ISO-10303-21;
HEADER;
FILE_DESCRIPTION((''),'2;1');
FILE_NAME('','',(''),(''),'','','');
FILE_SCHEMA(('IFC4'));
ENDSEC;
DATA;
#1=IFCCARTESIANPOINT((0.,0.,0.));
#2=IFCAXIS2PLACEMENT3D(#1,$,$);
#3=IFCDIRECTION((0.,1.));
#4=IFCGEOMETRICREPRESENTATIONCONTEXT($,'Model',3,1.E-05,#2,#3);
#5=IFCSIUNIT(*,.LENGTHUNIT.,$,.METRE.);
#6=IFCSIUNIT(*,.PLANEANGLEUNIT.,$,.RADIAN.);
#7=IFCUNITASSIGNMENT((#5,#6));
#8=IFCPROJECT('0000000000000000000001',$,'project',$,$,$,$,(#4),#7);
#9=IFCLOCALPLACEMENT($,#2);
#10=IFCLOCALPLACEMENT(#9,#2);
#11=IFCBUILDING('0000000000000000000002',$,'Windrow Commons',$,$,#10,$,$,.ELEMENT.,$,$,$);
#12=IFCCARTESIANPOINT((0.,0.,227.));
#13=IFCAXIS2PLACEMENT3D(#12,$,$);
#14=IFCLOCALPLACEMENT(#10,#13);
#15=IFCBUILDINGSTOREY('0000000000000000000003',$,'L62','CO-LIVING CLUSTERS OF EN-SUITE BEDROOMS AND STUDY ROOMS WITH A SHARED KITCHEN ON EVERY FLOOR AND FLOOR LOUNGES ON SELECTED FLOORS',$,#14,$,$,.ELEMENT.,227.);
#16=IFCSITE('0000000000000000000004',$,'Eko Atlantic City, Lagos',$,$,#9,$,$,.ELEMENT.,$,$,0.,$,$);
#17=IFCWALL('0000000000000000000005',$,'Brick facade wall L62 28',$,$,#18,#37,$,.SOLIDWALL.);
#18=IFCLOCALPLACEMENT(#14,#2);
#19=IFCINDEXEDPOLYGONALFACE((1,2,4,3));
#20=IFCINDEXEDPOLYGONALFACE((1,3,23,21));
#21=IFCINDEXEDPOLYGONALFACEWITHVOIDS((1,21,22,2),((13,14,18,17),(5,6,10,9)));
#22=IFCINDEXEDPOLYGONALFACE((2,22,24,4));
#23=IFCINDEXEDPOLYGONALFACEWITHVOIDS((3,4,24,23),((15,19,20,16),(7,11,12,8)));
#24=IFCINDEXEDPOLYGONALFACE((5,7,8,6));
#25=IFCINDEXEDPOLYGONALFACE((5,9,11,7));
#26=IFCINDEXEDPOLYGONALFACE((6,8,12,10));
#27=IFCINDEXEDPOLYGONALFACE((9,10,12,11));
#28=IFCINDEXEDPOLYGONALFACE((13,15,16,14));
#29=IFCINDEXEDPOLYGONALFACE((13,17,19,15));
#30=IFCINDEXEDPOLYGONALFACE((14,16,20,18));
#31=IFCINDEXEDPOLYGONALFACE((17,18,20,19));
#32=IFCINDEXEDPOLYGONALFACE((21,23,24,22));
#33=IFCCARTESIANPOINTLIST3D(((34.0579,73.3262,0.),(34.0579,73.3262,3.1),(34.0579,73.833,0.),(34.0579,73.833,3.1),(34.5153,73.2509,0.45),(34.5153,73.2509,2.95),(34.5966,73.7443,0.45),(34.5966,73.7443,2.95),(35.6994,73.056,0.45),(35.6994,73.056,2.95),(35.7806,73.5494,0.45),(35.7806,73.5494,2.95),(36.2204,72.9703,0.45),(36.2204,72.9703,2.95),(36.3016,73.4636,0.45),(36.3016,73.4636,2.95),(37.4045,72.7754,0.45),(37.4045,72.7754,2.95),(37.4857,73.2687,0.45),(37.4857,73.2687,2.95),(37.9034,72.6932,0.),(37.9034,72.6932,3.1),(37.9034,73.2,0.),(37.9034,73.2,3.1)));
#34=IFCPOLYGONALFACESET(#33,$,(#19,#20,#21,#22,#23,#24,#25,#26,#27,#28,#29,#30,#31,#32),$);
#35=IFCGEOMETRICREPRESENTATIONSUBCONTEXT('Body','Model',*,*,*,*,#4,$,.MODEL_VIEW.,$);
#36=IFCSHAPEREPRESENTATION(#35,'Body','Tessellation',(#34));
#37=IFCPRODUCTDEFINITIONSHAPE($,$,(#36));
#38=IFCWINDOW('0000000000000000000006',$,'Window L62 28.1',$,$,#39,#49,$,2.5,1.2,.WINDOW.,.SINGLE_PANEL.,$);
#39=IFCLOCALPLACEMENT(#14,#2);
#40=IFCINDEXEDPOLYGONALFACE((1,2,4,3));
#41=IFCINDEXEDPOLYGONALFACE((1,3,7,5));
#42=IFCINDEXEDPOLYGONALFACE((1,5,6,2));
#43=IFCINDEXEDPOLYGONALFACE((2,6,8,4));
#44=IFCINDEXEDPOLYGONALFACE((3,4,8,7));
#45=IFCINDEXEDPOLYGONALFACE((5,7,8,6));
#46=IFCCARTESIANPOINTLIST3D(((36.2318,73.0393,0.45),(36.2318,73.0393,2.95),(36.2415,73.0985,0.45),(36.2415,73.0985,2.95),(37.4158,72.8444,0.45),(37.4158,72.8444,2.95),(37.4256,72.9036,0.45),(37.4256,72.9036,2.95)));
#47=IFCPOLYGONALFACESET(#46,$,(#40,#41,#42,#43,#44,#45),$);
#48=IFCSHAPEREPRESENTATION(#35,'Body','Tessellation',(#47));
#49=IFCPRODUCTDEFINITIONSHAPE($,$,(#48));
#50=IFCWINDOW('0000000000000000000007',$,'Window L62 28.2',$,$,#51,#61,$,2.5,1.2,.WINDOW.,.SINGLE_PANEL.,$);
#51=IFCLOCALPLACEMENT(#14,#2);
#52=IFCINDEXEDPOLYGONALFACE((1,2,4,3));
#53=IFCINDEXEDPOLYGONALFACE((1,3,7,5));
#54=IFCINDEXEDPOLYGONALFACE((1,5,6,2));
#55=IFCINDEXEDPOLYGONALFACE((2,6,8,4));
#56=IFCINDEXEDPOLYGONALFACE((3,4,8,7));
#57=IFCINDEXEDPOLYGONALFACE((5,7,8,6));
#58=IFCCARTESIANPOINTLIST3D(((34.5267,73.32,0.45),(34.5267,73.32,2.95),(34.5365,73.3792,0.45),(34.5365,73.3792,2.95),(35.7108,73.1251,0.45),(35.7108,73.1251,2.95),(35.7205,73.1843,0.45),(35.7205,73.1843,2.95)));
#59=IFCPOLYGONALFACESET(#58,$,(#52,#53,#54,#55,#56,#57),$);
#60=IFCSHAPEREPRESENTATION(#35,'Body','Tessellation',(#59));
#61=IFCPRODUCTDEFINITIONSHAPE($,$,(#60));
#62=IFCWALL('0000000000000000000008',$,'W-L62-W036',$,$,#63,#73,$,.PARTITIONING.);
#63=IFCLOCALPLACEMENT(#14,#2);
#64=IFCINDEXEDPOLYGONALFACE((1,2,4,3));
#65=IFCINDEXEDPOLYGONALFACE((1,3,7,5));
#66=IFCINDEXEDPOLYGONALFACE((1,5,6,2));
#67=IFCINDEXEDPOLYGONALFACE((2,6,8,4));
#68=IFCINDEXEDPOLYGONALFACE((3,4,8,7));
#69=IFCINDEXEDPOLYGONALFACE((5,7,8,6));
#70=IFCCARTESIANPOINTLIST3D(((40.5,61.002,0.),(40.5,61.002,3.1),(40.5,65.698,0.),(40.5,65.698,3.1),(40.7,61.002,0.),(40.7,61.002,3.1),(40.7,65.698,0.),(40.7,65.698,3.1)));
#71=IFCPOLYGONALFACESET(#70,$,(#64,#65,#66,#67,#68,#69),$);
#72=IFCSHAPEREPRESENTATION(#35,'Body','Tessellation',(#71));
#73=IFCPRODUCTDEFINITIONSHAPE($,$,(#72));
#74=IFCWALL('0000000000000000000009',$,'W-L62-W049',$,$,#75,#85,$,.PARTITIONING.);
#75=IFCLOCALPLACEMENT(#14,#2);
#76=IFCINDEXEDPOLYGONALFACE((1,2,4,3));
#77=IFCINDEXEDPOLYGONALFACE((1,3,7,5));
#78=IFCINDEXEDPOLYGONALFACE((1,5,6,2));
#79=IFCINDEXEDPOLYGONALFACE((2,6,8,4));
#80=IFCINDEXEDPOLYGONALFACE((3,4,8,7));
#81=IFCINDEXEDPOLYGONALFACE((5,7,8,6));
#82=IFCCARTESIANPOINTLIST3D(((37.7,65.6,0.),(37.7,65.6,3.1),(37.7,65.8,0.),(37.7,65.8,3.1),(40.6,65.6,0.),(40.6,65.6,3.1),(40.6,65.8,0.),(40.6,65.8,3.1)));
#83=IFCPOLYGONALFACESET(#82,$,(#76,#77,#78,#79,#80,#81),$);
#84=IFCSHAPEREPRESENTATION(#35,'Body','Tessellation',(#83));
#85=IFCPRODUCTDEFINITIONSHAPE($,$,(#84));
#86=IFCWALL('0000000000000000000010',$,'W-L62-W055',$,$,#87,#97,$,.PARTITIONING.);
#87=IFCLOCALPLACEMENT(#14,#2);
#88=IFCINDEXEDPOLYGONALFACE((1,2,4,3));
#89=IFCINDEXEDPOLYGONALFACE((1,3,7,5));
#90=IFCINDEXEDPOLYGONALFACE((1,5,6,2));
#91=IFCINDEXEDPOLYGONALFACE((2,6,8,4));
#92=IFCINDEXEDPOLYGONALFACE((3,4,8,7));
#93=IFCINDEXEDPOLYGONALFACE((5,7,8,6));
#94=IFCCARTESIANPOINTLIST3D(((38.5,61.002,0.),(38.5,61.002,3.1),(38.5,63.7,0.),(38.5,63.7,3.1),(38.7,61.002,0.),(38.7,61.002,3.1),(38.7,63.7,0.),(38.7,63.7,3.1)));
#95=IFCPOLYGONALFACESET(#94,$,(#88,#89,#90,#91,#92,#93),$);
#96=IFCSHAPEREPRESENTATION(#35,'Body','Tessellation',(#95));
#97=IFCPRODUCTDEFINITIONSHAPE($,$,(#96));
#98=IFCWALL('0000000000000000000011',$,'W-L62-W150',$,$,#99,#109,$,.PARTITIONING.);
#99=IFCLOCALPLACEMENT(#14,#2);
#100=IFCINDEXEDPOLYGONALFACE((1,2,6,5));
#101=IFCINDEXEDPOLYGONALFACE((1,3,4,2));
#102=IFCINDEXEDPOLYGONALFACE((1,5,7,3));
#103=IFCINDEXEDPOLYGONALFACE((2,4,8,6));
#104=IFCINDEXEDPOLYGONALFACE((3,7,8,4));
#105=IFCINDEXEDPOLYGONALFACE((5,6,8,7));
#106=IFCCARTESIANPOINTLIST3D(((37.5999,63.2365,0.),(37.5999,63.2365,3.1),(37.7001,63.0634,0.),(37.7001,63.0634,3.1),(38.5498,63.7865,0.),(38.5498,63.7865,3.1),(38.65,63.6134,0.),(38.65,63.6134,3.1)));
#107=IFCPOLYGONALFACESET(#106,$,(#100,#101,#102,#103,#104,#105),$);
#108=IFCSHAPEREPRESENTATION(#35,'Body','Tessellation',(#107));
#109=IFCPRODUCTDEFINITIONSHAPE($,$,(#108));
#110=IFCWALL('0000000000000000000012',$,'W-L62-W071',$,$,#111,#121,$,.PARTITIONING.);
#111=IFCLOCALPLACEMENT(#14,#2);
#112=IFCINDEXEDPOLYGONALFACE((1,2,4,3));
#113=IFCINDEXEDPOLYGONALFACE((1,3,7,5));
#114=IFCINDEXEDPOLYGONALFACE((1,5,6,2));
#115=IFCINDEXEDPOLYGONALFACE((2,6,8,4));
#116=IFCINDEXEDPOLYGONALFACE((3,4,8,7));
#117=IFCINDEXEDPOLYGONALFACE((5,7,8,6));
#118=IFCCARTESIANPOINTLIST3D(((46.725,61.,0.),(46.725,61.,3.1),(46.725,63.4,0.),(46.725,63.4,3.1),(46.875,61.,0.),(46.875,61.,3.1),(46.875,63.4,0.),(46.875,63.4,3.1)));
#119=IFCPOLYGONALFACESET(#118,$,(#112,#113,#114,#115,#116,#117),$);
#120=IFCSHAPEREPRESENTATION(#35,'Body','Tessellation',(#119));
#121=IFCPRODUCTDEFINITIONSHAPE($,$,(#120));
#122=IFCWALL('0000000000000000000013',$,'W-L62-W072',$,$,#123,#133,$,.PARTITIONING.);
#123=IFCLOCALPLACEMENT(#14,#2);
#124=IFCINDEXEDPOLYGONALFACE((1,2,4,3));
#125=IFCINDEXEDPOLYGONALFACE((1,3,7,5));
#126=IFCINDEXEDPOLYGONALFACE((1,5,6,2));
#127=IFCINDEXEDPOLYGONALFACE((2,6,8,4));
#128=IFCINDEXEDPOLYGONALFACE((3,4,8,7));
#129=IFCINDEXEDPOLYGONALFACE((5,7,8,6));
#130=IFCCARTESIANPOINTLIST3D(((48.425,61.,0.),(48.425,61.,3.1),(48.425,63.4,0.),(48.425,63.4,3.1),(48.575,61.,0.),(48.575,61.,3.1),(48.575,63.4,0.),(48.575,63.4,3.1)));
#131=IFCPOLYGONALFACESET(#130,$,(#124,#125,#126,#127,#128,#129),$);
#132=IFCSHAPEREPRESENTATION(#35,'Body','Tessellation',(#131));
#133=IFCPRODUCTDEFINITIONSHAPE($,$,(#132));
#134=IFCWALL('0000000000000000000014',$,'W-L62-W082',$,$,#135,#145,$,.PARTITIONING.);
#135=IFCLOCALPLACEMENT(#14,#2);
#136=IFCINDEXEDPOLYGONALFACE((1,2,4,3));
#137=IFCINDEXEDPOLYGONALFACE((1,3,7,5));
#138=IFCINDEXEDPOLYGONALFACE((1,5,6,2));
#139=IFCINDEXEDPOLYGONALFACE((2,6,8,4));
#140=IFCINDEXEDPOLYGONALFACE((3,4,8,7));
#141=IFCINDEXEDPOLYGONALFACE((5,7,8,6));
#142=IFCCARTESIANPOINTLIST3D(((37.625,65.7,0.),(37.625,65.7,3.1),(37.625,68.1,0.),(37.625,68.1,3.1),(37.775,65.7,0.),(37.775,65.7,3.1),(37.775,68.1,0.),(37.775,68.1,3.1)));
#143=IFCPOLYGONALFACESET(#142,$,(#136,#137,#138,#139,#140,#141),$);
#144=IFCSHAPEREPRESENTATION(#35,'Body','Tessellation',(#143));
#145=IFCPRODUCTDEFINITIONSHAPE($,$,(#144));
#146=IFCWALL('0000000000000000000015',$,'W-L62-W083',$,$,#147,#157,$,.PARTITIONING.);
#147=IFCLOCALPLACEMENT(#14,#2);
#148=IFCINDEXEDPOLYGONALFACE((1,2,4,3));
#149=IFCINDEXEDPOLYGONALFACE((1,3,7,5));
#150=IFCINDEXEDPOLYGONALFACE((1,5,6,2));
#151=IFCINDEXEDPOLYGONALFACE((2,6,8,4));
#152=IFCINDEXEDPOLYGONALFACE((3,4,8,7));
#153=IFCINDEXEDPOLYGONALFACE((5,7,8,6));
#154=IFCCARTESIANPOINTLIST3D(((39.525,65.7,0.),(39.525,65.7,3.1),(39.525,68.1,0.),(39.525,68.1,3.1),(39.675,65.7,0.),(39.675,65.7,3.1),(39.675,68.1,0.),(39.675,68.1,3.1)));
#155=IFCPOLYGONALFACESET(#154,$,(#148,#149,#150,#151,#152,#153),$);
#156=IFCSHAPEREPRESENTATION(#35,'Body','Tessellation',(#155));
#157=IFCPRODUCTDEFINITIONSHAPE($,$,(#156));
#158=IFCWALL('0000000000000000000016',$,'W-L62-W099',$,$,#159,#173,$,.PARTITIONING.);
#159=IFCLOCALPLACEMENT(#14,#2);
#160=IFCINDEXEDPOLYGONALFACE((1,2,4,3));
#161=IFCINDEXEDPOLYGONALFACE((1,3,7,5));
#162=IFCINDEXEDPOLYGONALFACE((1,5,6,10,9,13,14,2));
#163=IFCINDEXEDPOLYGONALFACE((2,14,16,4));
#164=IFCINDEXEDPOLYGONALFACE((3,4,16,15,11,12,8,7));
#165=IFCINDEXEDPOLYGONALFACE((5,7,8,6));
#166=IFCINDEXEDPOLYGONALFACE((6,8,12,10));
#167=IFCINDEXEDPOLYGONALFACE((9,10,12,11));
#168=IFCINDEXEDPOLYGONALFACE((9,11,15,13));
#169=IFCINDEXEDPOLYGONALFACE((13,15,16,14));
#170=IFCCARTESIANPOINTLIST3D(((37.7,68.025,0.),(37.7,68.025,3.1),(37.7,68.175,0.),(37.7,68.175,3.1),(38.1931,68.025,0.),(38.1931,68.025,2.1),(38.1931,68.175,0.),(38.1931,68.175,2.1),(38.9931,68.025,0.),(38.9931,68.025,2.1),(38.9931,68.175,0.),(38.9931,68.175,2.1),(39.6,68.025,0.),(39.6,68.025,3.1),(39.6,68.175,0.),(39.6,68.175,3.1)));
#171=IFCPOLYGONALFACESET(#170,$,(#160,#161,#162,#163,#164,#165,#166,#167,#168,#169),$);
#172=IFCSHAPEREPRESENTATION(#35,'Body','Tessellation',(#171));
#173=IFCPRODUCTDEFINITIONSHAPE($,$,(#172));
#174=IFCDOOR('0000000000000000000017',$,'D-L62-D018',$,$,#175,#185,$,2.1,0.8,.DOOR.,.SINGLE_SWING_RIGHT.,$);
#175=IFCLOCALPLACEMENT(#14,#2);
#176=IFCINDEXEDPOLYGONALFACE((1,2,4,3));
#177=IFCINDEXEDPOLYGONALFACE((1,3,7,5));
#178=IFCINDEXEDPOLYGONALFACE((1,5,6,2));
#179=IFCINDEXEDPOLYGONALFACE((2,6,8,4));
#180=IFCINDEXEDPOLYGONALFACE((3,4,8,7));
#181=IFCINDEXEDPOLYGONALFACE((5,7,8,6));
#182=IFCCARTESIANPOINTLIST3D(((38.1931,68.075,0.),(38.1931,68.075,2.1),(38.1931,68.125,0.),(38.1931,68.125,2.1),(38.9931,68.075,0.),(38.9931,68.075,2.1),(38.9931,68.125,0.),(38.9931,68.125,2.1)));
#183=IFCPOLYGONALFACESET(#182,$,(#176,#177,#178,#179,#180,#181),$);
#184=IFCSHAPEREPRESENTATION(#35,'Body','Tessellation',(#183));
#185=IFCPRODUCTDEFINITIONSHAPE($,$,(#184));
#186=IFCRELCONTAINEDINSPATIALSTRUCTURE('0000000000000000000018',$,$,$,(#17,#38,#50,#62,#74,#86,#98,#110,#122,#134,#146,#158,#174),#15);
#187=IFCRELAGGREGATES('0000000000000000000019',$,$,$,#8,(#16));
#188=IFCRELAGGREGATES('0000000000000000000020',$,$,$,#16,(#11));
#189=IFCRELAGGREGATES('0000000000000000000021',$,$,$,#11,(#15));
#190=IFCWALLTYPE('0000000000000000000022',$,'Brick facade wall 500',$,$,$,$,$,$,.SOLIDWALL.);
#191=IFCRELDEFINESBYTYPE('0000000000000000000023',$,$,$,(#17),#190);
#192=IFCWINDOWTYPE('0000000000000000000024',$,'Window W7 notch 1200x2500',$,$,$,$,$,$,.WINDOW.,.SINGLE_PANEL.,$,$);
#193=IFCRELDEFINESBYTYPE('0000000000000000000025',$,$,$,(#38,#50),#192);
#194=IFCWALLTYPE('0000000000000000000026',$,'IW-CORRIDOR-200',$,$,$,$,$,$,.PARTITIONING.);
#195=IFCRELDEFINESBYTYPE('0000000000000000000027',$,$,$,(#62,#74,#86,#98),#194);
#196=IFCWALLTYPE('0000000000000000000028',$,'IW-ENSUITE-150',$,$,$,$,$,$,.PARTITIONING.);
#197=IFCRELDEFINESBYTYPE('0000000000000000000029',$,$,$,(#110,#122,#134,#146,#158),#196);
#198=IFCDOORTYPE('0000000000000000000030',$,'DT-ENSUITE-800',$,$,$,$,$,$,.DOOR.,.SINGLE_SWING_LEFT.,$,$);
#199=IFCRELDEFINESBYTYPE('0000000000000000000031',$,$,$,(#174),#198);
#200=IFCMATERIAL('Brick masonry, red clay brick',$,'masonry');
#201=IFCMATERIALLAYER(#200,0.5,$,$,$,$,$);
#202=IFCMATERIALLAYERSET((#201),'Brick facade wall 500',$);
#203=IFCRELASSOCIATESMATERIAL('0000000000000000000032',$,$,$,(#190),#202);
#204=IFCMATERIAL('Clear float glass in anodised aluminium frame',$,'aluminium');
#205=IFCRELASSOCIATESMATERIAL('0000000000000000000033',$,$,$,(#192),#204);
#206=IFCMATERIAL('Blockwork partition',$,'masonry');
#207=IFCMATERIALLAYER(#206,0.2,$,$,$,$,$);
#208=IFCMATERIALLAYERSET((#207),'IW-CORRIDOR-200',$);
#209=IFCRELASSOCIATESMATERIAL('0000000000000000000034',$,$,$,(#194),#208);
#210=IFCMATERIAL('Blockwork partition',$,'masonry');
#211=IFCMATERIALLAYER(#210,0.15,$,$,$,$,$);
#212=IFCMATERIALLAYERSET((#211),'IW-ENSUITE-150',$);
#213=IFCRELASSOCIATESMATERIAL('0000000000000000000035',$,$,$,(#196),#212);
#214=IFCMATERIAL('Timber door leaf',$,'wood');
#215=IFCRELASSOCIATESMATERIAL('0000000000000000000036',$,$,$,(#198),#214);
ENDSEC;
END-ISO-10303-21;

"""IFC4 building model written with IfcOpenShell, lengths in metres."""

from ifc_helpers import new_model, si_unit, direction, frame, frame_2d, origin, place, context, subcontext, project, spatial, polyline, rectangle, outline, extrude, material, layer, layer_set, type_object, element, fill, save


model = new_model("IFC4")

# Units and contexts
model_context = context("Model", 3, precision=1e-05, world=origin(), true_north=direction((0.0, 1.0)))
body_context = subcontext(model_context, "Body", "Model", "MODEL_VIEW")
ifc_project = project(units=[si_unit("LENGTHUNIT", "METRE"), si_unit("PLANEANGLEUNIT", "RADIAN")], contexts=[model_context])

# Site, building, storey
site_placement = place(None, origin())
site = spatial("IfcSite", under=ifc_project, at=site_placement, Name="Eko Atlantic City, Lagos", CompositionType="ELEMENT", RefElevation=0.0)
building_placement = place(site_placement, origin())
building = spatial("IfcBuilding", under=site, at=building_placement, Name="Windrow Commons", CompositionType="ELEMENT")
storey_placement = place(building_placement, frame((0.0, 0.0, 227.0)))
storey = spatial("IfcBuildingStorey", under=building, at=storey_placement, Name="L62", Description="CO-LIVING CLUSTERS OF EN-SUITE BEDROOMS AND STUDY ROOMS WITH A SHARED KITCHEN ON EVERY FLOOR AND FLOOR LOUNGES ON SELECTED FLOORS", CompositionType="ELEMENT", Elevation=227.0)

# Shared definitions
ifc_material_1 = material(Name="Brick masonry, red clay brick", Category="masonry")
ifc_layer_1 = layer(ifc_material_1, 0.5)
ifc_layer_set_1 = layer_set([ifc_layer_1], Name="Brick facade wall 500")
wall_type_1 = type_object("IfcWallType", Name="Brick facade wall 500", PredefinedType="SOLIDWALL", material=ifc_layer_set_1)
ifc_material_2 = material(Name="Clear float glass in anodised aluminium frame", Category="aluminium")
window_type = type_object("IfcWindowType", Name="Window W7 notch 1200x2500", PartitioningType="SINGLE_PANEL", PredefinedType="WINDOW", material=ifc_material_2)

# Wall, openings, windows
wall_1_placement = place(storey_placement, frame((37.9034, 72.9466, 0.0), z_axis=(0.0, 0.0, 1.0), x_axis=(-0.986721, 0.162422, 0.0)))
wall_1 = element("IfcWall", 1, at=wall_1_placement, inside=storey, type_object=wall_type_1, Name="Brick facade wall L62 28", PredefinedType="SOLIDWALL", context=body_context, shape_type="SweptSolid", body=[
    extrude(outline(polyline([(0.0412, -0.25), (3.9384, -0.25), (3.8561, 0.25), (-0.0412, 0.25), (0.0412, -0.25)])), origin(), (0.0, 0.0, 1.0), 3.1),
])
opening_1_placement = place(wall_1_placement, frame((0.4645, 0.0, 0.45)))
opening_1 = element("IfcOpeningElement", 2, at=opening_1_placement, cuts=wall_1, PredefinedType="OPENING", context=body_context, shape_type="SweptSolid", body=[
    extrude(rectangle(XDim=1.2, YDim=2.5, at=frame_2d((0.6, 1.25))), frame((0.0, 0.26, 0.0), z_axis=(0.0, -1.0, 0.0), x_axis=(1.0, 0.0, 0.0)), (0.0, 0.0, 1.0), 0.52),
])
opening_2_placement = place(wall_1_placement, frame((2.1925, 0.0, 0.45)))
opening_2 = element("IfcOpeningElement", 3, at=opening_2_placement, cuts=wall_1, PredefinedType="OPENING", context=body_context, shape_type="SweptSolid", body=[
    extrude(rectangle(XDim=1.2, YDim=2.5, at=frame_2d((0.6, 1.25))), frame((0.0, 0.26, 0.0), z_axis=(0.0, -1.0, 0.0), x_axis=(1.0, 0.0, 0.0)), (0.0, 0.0, 1.0), 0.52),
])
window_1_placement = place(opening_1_placement, origin())
window_1 = element("IfcWindow", 4, at=window_1_placement, inside=storey, type_object=window_type, Name="Window L62 28.1", OverallHeight=2.5, OverallWidth=1.2, PartitioningType="SINGLE_PANEL", PredefinedType="WINDOW", context=body_context, shape_type="SweptSolid", body=[
    extrude(rectangle(XDim=1.2, YDim=2.5, at=frame_2d((0.6, 1.25))), frame((0.0, 0.18, 0.0), z_axis=(0.0, -1.0, 0.0), x_axis=(1.0, 0.0, 0.0)), (0.0, 0.0, 1.0), 0.06),
])
fill(opening_1, window_1)
window_2_placement = place(opening_2_placement, origin())
window_2 = element("IfcWindow", 5, at=window_2_placement, inside=storey, type_object=window_type, Name="Window L62 28.2", OverallHeight=2.5, OverallWidth=1.2, PartitioningType="SINGLE_PANEL", PredefinedType="WINDOW", context=body_context, shape_type="SweptSolid", body=[
    extrude(rectangle(XDim=1.2, YDim=2.5, at=frame_2d((0.6, 1.25))), frame((0.0, 0.18, 0.0), z_axis=(0.0, -1.0, 0.0), x_axis=(1.0, 0.0, 0.0)), (0.0, 0.0, 1.0), 0.06),
])
fill(opening_2, window_2)

# Walls
ifc_material_3 = material(Name="Blockwork partition", Category="masonry")
ifc_layer_2 = layer(ifc_material_3, 0.2)
ifc_layer_set_2 = layer_set([ifc_layer_2], Name="IW-CORRIDOR-200")
wall_type_2 = type_object("IfcWallType", Name="IW-CORRIDOR-200", PredefinedType="PARTITIONING", material=ifc_layer_set_2)
wall_2_placement = place(storey_placement, frame((40.6, 61.002, 0.0), z_axis=(0.0, 0.0, 1.0), x_axis=(0.0, 1.0, 0.0)))
element("IfcWall", 6, at=wall_2_placement, inside=storey, type_object=wall_type_2, Name="W-L62-W036", PredefinedType="PARTITIONING", context=body_context, shape_type="SweptSolid", body=[
    extrude(rectangle(XDim=4.696, YDim=0.2, at=frame_2d((2.348, 0.0))), origin(), (0.0, 0.0, 1.0), 3.1),
])
wall_3_placement = place(storey_placement, frame((37.7, 65.7, 0.0), z_axis=(0.0, 0.0, 1.0), x_axis=(1.0, 0.0, 0.0)))
element("IfcWall", 7, at=wall_3_placement, inside=storey, type_object=wall_type_2, Name="W-L62-W049", PredefinedType="PARTITIONING", context=body_context, shape_type="SweptSolid", body=[
    extrude(rectangle(XDim=2.9, YDim=0.2, at=frame_2d((1.45, 0.0))), origin(), (0.0, 0.0, 1.0), 3.1),
])
wall_4_placement = place(storey_placement, frame((38.6, 61.002, 0.0), z_axis=(0.0, 0.0, 1.0), x_axis=(0.0, 1.0, 0.0)))
element("IfcWall", 8, at=wall_4_placement, inside=storey, type_object=wall_type_2, Name="W-L62-W055", PredefinedType="PARTITIONING", context=body_context, shape_type="SweptSolid", body=[
    extrude(rectangle(XDim=2.698, YDim=0.2, at=frame_2d((1.349, 0.0))), origin(), (0.0, 0.0, 1.0), 3.1),
])
wall_5_placement = place(storey_placement, frame((37.65, 63.15, 0.0), z_axis=(0.0, 0.0, 1.0), x_axis=(0.865426, 0.501036, 0.0)))
element("IfcWall", 9, at=wall_5_placement, inside=storey, type_object=wall_type_2, Name="W-L62-W150", PredefinedType="PARTITIONING", context=body_context, shape_type="SweptSolid", body=[
    extrude(rectangle(XDim=1.0977, YDim=0.2, at=frame_2d((0.5488, 0.0))), origin(), (0.0, 0.0, 1.0), 3.1),
])
ifc_material_4 = material(Name="Blockwork partition", Category="masonry")
ifc_layer_3 = layer(ifc_material_4, 0.15)
ifc_layer_set_3 = layer_set([ifc_layer_3], Name="IW-ENSUITE-150")
wall_type_3 = type_object("IfcWallType", Name="IW-ENSUITE-150", PredefinedType="PARTITIONING", material=ifc_layer_set_3)
for number, where, z_axis, x_axis, name in (
    (10, (46.8, 61.0, 0.0), (0.0, 0.0, 1.0), (0.0, 1.0, 0.0), "W-L62-W071"),
    (11, (48.5, 61.0, 0.0), (0.0, 0.0, 1.0), (0.0, 1.0, 0.0), "W-L62-W072"),
    (12, (37.7, 65.7, 0.0), (0.0, 0.0, 1.0), (0.0, 1.0, 0.0), "W-L62-W082"),
    (13, (39.6, 65.7, 0.0), (0.0, 0.0, 1.0), (0.0, 1.0, 0.0), "W-L62-W083"),
):
    element("IfcWall", number, at=place(storey_placement, frame(where, z_axis=z_axis, x_axis=x_axis)), inside=storey, type_object=wall_type_3, Name=name, PredefinedType="PARTITIONING", context=body_context, shape_type="SweptSolid", body=[
        extrude(rectangle(XDim=2.4, YDim=0.15, at=frame_2d((1.2, 0.0))), origin(), (0.0, 0.0, 1.0), 3.1),
    ])

# Wall, opening, door
wall_6_placement = place(storey_placement, frame((37.7, 68.1, 0.0), z_axis=(0.0, 0.0, 1.0), x_axis=(1.0, 0.0, 0.0)))
wall_6 = element("IfcWall", 14, at=wall_6_placement, inside=storey, type_object=wall_type_3, Name="W-L62-W099", PredefinedType="PARTITIONING", context=body_context, shape_type="SweptSolid", body=[
    extrude(rectangle(XDim=1.9, YDim=0.15, at=frame_2d((0.95, 0.0))), origin(), (0.0, 0.0, 1.0), 3.1),
])
opening_3_placement = place(wall_6_placement, frame((0.4931, 0.0, 0.0)))
opening_3 = element("IfcOpeningElement", 15, at=opening_3_placement, cuts=wall_6, PredefinedType="OPENING", context=body_context, shape_type="SweptSolid", body=[
    extrude(rectangle(XDim=0.8, YDim=2.1, at=frame_2d((0.4, 1.05))), frame((0.0, 0.085, 0.0), z_axis=(0.0, -1.0, 0.0), x_axis=(1.0, 0.0, 0.0)), (0.0, 0.0, 1.0), 0.17),
])
ifc_material_5 = material(Name="Timber door leaf", Category="wood")
door_type = type_object("IfcDoorType", Name="DT-ENSUITE-800", OperationType="SINGLE_SWING_LEFT", PredefinedType="DOOR", material=ifc_material_5)
door_1_placement = place(opening_3_placement, origin())
door_1 = element("IfcDoor", 16, at=door_1_placement, inside=storey, type_object=door_type, Name="D-L62-D018", OperationType="SINGLE_SWING_RIGHT", OverallHeight=2.1, OverallWidth=0.8, PredefinedType="DOOR", context=body_context, shape_type="SweptSolid", body=[
    extrude(rectangle(XDim=0.8, YDim=2.1, at=frame_2d((0.4, 1.05))), frame((0.0, 0.025, 0.0), z_axis=(0.0, -1.0, 0.0), x_axis=(1.0, 0.0, 0.0)), (0.0, 0.0, 1.0), 0.05),
])
fill(opening_3, door_1)

save(model, "model.ifc")
